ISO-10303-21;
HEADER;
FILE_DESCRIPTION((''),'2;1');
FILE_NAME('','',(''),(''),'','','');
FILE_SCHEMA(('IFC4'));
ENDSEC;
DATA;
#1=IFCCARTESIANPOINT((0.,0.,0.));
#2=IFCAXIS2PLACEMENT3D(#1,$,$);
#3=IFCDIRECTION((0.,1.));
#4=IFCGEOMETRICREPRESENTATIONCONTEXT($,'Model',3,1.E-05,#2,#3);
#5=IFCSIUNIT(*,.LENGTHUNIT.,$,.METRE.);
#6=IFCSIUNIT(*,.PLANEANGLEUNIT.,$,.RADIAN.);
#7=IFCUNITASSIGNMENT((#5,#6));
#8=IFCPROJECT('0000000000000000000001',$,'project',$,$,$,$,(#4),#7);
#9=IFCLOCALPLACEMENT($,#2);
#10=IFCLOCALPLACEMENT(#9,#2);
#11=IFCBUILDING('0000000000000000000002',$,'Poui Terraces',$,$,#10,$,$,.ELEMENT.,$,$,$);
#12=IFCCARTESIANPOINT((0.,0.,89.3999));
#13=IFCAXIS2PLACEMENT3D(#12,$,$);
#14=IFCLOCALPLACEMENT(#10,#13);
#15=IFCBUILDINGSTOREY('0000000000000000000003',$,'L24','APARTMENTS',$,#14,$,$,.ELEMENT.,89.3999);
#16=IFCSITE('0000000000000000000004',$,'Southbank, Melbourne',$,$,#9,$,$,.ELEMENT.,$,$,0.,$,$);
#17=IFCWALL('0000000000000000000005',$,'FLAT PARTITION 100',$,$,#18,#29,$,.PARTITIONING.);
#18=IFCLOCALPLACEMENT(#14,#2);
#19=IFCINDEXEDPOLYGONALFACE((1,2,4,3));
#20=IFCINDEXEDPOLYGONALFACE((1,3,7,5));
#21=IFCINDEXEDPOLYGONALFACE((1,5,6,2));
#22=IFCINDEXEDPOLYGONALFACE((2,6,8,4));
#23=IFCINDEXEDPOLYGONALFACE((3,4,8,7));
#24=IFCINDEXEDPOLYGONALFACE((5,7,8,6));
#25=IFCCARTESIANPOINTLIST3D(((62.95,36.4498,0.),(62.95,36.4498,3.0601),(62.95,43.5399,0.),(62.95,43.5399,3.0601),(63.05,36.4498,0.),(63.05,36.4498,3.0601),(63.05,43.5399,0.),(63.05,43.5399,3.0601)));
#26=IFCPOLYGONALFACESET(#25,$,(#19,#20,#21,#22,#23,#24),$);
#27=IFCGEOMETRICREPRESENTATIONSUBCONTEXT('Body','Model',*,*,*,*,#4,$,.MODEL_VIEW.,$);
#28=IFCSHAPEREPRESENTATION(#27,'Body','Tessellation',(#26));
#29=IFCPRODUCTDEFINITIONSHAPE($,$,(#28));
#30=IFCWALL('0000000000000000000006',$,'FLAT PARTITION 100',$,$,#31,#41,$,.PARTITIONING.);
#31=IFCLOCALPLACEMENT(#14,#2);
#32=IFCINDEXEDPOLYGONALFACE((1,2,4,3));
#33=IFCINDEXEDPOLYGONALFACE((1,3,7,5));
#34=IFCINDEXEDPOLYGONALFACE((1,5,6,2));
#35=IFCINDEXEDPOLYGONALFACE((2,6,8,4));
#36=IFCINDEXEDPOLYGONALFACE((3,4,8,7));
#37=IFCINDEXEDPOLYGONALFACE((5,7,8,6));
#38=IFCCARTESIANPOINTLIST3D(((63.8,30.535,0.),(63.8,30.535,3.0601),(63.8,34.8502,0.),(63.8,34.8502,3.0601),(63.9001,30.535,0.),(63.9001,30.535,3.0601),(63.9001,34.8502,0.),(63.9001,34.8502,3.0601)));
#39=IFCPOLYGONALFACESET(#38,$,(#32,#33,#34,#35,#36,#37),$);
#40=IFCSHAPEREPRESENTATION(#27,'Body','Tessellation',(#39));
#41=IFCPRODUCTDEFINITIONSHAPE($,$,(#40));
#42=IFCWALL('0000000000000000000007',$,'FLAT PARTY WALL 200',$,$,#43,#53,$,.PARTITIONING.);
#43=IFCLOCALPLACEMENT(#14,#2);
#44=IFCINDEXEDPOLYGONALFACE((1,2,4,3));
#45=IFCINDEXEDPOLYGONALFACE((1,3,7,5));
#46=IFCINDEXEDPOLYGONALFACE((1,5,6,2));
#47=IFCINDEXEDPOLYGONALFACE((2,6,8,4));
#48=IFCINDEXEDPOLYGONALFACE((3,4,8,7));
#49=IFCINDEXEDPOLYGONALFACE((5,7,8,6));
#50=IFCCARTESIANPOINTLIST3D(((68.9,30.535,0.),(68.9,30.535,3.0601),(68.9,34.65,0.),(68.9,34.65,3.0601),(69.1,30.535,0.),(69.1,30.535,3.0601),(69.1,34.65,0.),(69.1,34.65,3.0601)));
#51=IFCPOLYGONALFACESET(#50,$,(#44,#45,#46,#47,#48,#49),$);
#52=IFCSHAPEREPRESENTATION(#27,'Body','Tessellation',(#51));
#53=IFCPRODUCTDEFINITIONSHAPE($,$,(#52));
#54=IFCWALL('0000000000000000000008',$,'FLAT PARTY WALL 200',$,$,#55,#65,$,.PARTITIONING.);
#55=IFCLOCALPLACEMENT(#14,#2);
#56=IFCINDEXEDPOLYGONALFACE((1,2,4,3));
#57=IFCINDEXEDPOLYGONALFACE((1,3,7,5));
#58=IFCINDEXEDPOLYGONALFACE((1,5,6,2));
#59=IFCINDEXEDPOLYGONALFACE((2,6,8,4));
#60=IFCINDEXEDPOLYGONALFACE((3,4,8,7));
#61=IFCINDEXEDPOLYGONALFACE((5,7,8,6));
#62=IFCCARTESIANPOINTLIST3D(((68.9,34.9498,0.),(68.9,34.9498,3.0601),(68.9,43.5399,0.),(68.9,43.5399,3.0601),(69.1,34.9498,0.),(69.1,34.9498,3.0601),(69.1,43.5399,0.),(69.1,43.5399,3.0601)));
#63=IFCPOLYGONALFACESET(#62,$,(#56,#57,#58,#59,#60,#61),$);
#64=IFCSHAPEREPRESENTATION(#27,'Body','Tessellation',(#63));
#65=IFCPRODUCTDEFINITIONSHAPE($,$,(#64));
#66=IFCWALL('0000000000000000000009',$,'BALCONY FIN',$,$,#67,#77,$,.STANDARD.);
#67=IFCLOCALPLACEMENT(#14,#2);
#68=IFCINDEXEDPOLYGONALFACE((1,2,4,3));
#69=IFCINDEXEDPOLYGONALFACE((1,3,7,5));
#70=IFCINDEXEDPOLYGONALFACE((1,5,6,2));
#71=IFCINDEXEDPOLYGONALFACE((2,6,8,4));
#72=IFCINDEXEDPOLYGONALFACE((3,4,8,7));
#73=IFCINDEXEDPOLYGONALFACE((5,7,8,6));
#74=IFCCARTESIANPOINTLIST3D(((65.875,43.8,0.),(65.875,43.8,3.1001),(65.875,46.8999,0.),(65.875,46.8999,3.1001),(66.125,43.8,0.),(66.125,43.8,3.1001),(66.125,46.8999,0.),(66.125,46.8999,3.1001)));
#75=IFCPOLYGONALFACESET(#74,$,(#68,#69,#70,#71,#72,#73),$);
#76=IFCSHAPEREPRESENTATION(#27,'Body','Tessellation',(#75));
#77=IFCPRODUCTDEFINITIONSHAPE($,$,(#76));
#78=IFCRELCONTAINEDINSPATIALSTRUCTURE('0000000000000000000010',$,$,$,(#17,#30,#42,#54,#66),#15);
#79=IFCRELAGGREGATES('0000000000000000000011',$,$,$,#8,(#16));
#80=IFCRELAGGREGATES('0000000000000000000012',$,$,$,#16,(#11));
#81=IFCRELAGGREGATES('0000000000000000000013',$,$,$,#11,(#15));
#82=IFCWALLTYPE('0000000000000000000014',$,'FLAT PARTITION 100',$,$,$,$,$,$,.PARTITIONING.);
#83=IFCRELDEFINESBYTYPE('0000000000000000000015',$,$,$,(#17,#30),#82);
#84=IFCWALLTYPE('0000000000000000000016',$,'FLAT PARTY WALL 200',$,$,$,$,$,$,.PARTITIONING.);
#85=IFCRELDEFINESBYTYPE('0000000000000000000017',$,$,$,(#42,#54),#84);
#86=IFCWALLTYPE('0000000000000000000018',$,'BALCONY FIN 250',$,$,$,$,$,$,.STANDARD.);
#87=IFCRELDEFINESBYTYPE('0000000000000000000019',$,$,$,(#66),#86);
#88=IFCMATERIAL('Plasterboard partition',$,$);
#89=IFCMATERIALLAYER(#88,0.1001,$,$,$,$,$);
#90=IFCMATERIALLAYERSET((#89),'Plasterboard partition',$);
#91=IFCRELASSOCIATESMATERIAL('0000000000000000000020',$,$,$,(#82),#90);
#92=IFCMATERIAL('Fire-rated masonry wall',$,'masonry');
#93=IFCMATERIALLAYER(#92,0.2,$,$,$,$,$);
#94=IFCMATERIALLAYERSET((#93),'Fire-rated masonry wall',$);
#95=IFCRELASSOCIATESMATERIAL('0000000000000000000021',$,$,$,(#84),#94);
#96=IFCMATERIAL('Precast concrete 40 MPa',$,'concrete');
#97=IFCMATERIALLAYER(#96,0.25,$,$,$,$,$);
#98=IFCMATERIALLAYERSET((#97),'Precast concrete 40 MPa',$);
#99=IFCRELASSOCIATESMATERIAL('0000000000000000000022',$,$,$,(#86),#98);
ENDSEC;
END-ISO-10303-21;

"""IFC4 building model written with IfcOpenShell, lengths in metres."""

from ifc_helpers import new_model, si_unit, direction, frame, frame_2d, origin, place, context, subcontext, project, spatial, polyline, rectangle, outline, extrude, source, transform, mapped, material, layer, layer_set, type_object, element, save


model = new_model("IFC4")

# Units and contexts
model_context = context("Model", 3, precision=1e-05, world=origin(), true_north=direction((0.0, 1.0)))
body_context = subcontext(model_context, "Body", "Model", "MODEL_VIEW")
ifc_project = project(units=[si_unit("LENGTHUNIT", "METRE"), si_unit("PLANEANGLEUNIT", "RADIAN")], contexts=[model_context])

# Site, building, storey
site_placement = place(None, origin())
site = spatial("IfcSite", under=ifc_project, at=site_placement, Name="Southbank, Melbourne", CompositionType="ELEMENT", RefElevation=0.0)
building_placement = place(site_placement, origin())
building = spatial("IfcBuilding", under=site, at=building_placement, Name="Poui Terraces", CompositionType="ELEMENT")
storey_placement = place(building_placement, frame((0.0, 0.0, 89.3999)))
storey = spatial("IfcBuildingStorey", under=building, at=storey_placement, Name="L24", Description="APARTMENTS", CompositionType="ELEMENT", Elevation=89.3999)

# Shared definitions
ifc_material_1 = material(Name="Plasterboard partition")
ifc_layer_1 = layer(ifc_material_1, 0.1001)
ifc_layer_set_1 = layer_set([ifc_layer_1], Name="Plasterboard partition")
wall_type_1 = type_object("IfcWallType", Name="FLAT PARTITION 100", PredefinedType="PARTITIONING", material=ifc_layer_set_1)

# Walls
wall_1_placement = place(storey_placement, frame((63.0, 36.45, 0.0), z_axis=(0.0, 0.0, 1.0), x_axis=(0.0, 1.0, 0.0)))
element("IfcWall", 1, at=wall_1_placement, inside=storey, type_object=wall_type_1, Name="FLAT PARTITION 100", PredefinedType="PARTITIONING", context=body_context, shape_type="SweptSolid", body=[
    extrude(rectangle(XDim=7.0901, YDim=0.1001, at=frame_2d((3.5449, 0.0))), origin(), (0.0, 0.0, 1.0), 3.0601),
])
wall_2_placement = place(storey_placement, frame((63.8501, 30.5349, 0.0), z_axis=(0.0, 0.0, 1.0), x_axis=(0.0, 1.0, 0.0)))
element("IfcWall", 2, at=wall_2_placement, inside=storey, type_object=wall_type_1, Name="FLAT PARTITION 100", PredefinedType="PARTITIONING", context=body_context, shape_type="SweptSolid", body=[
    extrude(rectangle(XDim=4.3152, YDim=0.1001, at=frame_2d((2.1577, 0.0))), origin(), (0.0, 0.0, 1.0), 3.0601),
])
ifc_material_2 = material(Name="Fire-rated masonry wall", Category="masonry")
ifc_layer_2 = layer(ifc_material_2, 0.2)
ifc_layer_set_2 = layer_set([ifc_layer_2], Name="Fire-rated masonry wall")
wall_type_2 = type_object("IfcWallType", Name="FLAT PARTY WALL 200", PredefinedType="PARTITIONING", material=ifc_layer_set_2)
wall_3_placement = place(storey_placement, frame((69.0, 30.5349, 0.0), z_axis=(0.0, 0.0, 1.0), x_axis=(0.0, 1.0, 0.0)))
element("IfcWall", 3, at=wall_3_placement, inside=storey, type_object=wall_type_2, Name="FLAT PARTY WALL 200", PredefinedType="PARTITIONING", context=body_context, shape_type="SweptSolid", body=[
    extrude(rectangle(XDim=4.115, YDim=0.2, at=frame_2d((2.0576, 0.0))), origin(), (0.0, 0.0, 1.0), 3.0601),
])
wall_4_placement = place(storey_placement, frame((69.0, 34.95, 0.0), z_axis=(0.0, 0.0, 1.0), x_axis=(0.0, 1.0, 0.0)))
element("IfcWall", 4, at=wall_4_placement, inside=storey, type_object=wall_type_2, Name="FLAT PARTY WALL 200", PredefinedType="PARTITIONING", context=body_context, shape_type="SweptSolid", body=[
    extrude(rectangle(XDim=8.5901, YDim=0.2, at=frame_2d((4.2949, 0.0))), origin(), (0.0, 0.0, 1.0), 3.0601),
])
ifc_material_3 = material(Name="Precast concrete 40 MPa", Category="concrete")
ifc_layer_3 = layer(ifc_material_3, 0.25)
ifc_layer_set_3 = layer_set([ifc_layer_3], Name="Precast concrete 40 MPa")
wall_type_3 = type_object("IfcWallType", Name="BALCONY FIN 250", PredefinedType="STANDARD", material=ifc_layer_set_3)
shared_shape_1 = source(origin(), body_context, "Body", "SweptSolid", [
    extrude(outline(polyline([(0.0, 0.0), (0.25, 0.0), (0.25, 3.0999), (0.0, 3.0999), (0.0, 0.0)])), origin(), (0.0, 0.0, 1.0), 3.1001),
])
wall_5_placement = place(storey_placement, frame((65.875, 43.8, 0.0)))
element("IfcWall", 5, at=wall_5_placement, inside=storey, type_object=wall_type_3, Name="BALCONY FIN", PredefinedType="STANDARD", context=body_context, shape_type="MappedRepresentation", body=[
    mapped(shared_shape_1, transform((0.0, 0.0, 0.0))),
])

save(model, "model.ifc")
